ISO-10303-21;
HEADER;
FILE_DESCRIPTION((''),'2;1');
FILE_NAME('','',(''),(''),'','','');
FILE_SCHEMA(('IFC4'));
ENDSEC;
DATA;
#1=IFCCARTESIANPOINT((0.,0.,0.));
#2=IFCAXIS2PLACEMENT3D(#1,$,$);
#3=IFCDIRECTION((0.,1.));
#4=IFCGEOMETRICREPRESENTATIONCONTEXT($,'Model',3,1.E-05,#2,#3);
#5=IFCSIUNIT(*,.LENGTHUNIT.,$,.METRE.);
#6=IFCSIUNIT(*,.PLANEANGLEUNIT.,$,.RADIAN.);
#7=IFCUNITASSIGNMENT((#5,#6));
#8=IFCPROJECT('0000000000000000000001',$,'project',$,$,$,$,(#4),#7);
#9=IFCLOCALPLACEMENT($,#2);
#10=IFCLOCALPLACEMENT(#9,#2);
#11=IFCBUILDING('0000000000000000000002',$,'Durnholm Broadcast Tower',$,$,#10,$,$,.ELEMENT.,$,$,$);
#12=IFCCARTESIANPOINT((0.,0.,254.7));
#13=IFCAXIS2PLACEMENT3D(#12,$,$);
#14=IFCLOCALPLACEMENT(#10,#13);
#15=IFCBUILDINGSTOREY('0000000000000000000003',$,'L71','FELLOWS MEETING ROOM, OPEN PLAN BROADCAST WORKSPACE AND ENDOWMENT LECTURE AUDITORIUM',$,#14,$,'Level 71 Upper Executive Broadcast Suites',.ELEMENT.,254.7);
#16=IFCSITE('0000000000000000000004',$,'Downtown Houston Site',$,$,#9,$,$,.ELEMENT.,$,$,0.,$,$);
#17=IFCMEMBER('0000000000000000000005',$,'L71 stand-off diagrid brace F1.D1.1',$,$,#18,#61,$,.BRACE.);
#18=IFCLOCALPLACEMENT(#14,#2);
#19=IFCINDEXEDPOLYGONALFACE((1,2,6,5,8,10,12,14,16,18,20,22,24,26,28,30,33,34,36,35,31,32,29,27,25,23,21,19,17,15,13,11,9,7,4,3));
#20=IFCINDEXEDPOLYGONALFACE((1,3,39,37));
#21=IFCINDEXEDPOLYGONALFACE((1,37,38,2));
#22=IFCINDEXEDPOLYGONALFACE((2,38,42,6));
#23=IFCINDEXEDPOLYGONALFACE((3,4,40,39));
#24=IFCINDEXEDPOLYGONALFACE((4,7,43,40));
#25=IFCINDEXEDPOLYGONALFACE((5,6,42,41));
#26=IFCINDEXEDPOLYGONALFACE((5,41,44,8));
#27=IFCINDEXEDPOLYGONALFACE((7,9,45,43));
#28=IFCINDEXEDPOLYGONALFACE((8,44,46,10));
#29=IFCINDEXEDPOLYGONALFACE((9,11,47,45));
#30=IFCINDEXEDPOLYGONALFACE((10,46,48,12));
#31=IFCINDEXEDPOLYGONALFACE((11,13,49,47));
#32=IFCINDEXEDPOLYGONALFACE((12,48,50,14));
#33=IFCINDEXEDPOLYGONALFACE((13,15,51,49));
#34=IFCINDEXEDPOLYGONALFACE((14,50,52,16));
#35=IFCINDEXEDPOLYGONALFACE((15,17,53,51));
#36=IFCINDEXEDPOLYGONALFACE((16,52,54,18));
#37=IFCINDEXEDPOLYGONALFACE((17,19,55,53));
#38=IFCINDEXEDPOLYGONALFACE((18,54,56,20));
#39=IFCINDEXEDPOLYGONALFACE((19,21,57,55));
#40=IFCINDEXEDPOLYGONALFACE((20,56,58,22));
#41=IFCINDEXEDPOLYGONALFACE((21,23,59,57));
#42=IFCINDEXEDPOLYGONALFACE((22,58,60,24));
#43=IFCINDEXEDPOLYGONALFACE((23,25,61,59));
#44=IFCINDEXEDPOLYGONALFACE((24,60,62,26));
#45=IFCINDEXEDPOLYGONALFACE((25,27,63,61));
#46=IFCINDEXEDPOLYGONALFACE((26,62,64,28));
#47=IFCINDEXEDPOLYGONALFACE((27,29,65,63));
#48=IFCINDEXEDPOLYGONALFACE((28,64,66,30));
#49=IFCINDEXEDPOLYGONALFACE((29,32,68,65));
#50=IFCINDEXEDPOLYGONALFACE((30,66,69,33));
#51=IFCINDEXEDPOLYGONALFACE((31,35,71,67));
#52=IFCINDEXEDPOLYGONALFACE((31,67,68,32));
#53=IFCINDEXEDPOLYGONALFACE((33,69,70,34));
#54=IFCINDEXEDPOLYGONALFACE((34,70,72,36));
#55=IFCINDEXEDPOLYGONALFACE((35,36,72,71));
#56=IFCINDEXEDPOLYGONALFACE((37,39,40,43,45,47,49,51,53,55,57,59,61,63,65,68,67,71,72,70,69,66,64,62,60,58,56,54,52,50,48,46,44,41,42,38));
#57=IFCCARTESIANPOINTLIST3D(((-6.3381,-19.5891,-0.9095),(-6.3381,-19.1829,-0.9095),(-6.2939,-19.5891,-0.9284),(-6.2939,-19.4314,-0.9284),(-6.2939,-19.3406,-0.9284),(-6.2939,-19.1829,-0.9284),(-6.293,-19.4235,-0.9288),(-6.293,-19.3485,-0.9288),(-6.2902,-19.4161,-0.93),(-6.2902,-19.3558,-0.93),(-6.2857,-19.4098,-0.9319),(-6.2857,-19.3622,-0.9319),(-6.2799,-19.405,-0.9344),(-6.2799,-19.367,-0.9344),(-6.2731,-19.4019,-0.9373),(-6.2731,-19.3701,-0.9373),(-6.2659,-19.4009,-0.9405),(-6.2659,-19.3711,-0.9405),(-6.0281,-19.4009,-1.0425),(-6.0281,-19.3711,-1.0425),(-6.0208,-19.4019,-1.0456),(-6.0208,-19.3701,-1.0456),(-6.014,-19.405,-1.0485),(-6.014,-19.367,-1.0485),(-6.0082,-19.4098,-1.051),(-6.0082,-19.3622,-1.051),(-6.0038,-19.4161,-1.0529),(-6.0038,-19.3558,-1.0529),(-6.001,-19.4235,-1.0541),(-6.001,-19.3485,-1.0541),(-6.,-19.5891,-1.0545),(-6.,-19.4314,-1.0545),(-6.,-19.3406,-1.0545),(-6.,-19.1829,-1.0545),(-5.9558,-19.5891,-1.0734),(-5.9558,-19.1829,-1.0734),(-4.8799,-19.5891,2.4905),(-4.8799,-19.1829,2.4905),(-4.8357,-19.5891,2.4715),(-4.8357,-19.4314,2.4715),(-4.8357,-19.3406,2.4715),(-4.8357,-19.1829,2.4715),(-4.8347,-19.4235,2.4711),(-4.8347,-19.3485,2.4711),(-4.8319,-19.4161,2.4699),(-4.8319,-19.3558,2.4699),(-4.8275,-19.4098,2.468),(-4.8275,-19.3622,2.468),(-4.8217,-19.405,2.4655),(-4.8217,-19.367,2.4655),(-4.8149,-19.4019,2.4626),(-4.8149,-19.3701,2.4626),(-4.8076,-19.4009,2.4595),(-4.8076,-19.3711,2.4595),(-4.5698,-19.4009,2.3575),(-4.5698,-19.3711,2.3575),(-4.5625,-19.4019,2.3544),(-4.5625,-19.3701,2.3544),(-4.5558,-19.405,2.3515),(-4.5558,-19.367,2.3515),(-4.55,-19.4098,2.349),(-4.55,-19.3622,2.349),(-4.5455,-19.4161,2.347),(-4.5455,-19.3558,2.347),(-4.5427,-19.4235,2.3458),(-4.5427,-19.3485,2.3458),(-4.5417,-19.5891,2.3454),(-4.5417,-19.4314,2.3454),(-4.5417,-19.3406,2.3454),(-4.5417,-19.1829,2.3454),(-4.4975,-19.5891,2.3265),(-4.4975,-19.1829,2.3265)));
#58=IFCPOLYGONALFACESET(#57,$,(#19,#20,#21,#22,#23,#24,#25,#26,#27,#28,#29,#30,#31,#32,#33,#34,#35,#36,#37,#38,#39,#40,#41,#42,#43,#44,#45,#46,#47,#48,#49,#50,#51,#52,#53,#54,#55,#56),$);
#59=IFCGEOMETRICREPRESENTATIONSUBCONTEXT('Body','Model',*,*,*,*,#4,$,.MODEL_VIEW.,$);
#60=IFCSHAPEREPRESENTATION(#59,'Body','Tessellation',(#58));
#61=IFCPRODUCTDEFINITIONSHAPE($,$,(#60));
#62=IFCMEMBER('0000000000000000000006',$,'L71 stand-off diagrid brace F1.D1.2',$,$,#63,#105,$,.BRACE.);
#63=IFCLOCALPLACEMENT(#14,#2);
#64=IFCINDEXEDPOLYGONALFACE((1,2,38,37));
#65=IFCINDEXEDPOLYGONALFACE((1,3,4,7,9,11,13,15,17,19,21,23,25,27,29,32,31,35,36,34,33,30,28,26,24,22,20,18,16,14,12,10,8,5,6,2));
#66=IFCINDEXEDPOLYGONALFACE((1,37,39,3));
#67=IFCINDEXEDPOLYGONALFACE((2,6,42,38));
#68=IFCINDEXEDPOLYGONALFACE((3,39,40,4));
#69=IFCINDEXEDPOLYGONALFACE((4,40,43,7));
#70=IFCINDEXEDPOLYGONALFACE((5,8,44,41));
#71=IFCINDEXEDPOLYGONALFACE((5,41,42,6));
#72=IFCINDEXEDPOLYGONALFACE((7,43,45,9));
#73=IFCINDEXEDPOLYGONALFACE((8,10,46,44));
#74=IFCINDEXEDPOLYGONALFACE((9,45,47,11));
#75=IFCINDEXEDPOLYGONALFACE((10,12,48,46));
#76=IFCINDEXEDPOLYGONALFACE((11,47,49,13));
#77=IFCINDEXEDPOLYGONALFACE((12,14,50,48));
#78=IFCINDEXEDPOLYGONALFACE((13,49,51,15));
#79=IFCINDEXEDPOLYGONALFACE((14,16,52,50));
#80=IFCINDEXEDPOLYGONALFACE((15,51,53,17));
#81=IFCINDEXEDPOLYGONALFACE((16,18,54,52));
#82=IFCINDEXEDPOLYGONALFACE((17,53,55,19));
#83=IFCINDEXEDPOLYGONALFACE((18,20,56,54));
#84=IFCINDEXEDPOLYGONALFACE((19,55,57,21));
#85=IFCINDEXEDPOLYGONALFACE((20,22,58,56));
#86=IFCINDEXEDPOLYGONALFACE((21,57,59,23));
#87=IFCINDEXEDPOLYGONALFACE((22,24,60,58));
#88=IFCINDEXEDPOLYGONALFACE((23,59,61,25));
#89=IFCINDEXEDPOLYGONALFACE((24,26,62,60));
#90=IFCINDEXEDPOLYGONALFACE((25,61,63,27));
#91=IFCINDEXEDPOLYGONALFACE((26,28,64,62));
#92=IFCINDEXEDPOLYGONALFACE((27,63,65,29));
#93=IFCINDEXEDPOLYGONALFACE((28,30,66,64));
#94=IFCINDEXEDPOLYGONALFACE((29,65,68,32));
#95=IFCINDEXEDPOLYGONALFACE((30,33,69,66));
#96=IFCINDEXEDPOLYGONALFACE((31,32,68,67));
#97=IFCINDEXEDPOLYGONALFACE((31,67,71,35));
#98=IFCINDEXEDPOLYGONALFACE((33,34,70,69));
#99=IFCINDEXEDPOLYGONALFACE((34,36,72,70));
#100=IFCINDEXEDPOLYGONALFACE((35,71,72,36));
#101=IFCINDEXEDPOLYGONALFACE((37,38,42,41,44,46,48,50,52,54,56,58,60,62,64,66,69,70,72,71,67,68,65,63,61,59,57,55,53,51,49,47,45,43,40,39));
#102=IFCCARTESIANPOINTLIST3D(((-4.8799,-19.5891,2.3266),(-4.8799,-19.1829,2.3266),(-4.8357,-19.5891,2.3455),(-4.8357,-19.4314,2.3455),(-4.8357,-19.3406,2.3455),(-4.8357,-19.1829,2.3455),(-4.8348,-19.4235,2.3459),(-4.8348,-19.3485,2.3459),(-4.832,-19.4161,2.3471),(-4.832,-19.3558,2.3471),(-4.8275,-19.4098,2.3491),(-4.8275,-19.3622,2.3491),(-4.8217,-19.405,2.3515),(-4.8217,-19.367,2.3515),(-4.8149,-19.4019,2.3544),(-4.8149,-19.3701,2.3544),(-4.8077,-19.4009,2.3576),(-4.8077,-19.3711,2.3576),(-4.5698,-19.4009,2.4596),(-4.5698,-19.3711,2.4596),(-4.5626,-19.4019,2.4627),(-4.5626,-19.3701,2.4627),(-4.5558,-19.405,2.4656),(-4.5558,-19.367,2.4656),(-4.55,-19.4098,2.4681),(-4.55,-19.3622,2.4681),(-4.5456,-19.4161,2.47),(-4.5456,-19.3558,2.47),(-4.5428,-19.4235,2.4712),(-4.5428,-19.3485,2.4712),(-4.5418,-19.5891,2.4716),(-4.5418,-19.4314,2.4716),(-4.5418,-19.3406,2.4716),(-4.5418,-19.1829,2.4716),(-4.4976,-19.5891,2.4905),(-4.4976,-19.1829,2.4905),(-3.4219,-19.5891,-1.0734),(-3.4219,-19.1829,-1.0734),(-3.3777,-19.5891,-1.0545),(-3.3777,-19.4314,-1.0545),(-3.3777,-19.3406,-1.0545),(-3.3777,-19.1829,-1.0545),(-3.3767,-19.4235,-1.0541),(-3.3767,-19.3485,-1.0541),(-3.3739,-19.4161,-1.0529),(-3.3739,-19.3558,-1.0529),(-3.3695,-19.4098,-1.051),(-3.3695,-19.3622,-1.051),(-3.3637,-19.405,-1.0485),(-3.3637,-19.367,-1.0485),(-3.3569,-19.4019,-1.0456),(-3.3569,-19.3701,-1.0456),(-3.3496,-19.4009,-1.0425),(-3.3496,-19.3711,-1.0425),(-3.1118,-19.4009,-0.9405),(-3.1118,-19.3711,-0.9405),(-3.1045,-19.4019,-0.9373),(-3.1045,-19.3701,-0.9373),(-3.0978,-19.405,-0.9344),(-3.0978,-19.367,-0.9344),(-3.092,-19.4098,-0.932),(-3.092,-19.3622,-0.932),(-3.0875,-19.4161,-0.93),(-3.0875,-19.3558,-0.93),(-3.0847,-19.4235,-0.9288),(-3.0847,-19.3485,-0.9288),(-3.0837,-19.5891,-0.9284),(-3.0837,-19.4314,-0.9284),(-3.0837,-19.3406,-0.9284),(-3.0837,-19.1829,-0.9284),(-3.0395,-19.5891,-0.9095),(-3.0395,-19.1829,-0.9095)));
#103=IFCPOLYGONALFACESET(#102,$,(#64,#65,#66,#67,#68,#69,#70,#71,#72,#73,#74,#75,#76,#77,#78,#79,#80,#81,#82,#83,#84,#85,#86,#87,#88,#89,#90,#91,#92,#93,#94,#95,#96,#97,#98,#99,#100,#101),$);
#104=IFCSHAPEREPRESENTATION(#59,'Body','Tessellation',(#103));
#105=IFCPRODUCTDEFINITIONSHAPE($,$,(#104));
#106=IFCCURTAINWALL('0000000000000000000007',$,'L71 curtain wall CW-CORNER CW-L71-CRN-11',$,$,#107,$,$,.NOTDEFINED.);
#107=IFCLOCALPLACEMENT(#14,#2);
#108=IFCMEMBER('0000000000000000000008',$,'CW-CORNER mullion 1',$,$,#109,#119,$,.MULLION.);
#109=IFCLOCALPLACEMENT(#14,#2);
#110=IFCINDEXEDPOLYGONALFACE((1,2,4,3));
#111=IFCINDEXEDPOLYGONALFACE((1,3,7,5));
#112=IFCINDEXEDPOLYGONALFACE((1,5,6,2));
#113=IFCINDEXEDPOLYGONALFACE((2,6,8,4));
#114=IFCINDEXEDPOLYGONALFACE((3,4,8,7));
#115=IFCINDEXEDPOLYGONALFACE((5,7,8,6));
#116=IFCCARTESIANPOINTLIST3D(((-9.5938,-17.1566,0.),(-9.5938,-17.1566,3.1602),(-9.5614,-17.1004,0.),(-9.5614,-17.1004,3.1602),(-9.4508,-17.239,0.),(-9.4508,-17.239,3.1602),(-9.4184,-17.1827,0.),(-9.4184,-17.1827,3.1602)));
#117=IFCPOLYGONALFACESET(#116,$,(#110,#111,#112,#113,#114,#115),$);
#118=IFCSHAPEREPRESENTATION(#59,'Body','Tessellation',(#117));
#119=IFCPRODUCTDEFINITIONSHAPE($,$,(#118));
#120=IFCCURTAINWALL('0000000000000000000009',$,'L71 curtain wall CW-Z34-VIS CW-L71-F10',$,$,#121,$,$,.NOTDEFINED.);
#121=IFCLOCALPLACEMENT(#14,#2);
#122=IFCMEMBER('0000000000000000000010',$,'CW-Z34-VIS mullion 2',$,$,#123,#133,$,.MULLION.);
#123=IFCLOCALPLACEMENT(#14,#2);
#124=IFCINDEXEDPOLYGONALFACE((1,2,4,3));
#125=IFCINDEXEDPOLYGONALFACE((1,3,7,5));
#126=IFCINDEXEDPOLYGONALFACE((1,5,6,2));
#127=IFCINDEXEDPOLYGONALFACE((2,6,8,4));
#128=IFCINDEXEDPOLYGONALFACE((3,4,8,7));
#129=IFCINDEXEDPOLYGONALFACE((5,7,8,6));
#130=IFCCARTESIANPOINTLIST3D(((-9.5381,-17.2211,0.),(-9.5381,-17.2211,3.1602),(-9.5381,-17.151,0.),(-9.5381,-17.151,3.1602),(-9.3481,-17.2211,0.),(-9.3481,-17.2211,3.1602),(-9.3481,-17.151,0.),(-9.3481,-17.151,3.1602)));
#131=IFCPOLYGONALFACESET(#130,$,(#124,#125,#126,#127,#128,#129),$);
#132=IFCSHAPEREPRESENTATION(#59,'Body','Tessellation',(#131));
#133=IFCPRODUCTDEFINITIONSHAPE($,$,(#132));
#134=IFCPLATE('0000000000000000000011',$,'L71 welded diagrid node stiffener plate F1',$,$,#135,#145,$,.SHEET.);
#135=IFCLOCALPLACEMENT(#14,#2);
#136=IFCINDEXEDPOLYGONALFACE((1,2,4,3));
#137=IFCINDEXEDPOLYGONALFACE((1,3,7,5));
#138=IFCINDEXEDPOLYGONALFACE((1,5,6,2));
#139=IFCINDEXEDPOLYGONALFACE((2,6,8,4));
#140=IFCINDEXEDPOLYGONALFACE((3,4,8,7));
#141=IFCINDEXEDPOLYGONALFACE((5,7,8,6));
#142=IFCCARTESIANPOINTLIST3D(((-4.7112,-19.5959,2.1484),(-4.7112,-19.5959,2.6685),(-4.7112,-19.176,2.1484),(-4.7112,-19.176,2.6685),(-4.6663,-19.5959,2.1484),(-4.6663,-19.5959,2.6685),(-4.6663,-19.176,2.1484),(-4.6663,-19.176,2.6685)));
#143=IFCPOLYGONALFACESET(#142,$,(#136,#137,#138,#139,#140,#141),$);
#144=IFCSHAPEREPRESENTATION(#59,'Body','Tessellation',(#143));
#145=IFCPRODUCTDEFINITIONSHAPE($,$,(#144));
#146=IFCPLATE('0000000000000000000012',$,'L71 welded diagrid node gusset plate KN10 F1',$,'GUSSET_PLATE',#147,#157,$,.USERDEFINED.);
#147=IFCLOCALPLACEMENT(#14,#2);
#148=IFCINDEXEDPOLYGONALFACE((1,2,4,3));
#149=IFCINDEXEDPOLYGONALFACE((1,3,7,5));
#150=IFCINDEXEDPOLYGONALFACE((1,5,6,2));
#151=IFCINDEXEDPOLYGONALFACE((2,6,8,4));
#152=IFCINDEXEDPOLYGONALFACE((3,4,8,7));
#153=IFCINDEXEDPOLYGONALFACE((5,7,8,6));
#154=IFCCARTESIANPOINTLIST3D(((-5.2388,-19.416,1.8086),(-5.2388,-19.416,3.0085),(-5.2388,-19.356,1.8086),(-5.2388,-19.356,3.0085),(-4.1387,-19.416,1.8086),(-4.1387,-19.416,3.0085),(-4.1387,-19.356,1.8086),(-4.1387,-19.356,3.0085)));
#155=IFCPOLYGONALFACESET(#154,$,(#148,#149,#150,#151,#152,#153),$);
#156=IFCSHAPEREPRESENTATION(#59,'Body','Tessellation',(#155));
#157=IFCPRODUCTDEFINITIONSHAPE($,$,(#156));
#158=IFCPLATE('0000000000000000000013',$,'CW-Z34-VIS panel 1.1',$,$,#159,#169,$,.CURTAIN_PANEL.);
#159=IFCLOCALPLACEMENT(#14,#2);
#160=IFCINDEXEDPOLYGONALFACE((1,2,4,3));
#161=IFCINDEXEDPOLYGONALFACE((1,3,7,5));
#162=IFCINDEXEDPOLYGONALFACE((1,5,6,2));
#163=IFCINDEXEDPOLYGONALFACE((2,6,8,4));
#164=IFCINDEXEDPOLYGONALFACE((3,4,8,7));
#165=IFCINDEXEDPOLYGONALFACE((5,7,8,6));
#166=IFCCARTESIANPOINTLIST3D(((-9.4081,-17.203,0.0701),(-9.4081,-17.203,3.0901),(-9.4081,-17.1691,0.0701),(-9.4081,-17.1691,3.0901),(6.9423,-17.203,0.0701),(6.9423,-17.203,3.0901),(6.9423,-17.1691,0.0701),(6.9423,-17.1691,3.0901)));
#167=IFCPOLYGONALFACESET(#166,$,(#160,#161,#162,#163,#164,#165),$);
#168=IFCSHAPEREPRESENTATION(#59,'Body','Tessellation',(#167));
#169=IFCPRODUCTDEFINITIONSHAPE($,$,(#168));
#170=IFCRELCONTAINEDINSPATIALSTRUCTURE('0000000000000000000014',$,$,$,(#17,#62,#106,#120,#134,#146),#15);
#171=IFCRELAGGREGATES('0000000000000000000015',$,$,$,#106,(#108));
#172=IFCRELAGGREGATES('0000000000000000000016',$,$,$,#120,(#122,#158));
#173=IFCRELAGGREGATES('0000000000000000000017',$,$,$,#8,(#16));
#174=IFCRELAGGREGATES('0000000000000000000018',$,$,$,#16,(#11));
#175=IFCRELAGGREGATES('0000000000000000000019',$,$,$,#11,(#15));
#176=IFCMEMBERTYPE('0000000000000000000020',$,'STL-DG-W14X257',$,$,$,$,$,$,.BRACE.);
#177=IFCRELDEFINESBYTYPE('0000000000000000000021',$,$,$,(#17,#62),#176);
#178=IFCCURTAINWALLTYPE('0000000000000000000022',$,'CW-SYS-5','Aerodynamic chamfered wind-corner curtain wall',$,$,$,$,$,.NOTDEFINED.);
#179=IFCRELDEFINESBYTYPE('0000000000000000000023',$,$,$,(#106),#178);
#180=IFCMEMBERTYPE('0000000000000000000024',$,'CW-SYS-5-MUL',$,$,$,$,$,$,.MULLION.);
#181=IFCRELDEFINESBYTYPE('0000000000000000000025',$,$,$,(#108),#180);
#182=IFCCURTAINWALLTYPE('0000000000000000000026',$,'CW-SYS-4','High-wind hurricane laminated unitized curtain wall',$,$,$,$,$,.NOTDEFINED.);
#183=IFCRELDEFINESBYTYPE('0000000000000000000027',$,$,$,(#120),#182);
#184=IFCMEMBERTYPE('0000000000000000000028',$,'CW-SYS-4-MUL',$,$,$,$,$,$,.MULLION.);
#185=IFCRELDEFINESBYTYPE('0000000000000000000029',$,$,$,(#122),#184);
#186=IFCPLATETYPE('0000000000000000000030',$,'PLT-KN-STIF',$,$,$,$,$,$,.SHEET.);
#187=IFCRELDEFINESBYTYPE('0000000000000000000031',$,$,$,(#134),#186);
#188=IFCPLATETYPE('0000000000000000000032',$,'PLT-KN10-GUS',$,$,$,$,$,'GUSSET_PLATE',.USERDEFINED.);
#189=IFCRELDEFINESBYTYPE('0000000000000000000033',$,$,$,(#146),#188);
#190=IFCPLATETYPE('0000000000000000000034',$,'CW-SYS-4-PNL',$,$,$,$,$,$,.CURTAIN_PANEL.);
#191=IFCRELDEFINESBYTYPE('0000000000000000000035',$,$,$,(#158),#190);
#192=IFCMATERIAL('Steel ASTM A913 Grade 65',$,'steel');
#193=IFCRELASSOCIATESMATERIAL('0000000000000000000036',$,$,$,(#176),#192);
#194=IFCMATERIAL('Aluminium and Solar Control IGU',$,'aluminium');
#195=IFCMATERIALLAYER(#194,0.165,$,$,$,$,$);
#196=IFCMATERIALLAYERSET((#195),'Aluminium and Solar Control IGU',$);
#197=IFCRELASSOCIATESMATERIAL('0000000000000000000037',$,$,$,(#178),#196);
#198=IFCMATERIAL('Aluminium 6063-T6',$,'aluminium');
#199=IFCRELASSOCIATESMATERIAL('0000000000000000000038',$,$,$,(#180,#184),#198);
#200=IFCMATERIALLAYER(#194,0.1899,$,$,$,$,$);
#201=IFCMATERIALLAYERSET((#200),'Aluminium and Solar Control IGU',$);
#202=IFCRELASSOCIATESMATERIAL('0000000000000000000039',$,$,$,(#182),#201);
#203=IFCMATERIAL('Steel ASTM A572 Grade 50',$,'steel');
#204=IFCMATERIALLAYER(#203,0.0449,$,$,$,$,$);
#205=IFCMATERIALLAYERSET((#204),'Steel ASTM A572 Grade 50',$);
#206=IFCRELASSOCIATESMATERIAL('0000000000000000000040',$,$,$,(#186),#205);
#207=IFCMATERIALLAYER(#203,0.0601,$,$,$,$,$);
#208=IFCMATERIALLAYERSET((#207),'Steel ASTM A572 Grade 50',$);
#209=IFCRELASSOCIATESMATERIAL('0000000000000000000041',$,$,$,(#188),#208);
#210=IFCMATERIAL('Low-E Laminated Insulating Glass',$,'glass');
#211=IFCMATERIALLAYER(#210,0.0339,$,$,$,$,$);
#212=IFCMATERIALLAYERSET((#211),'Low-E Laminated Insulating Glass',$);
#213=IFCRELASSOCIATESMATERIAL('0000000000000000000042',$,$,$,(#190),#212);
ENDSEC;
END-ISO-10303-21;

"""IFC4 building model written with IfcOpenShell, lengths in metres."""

from ifc_helpers import new_model, si_unit, direction, frame, origin, origin_2d, place, context, subcontext, project, spatial, rectangle, i_section, extrude, source, transform, mapped, material, layer, layer_set, material_profile, profile_set, type_object, type_shapes, element, aggregate, save


model = new_model("IFC4")

# Units and contexts
model_context = context("Model", 3, precision=1e-05, world=origin(), true_north=direction((0.0, 1.0)))
body_context = subcontext(model_context, "Body", "Model", "MODEL_VIEW")
ifc_project = project(units=[si_unit("LENGTHUNIT", "METRE"), si_unit("PLANEANGLEUNIT", "RADIAN")], contexts=[model_context])

# Site, building, storey
site_placement = place(None, origin())
site = spatial("IfcSite", under=ifc_project, at=site_placement, Name="Downtown Houston Site", CompositionType="ELEMENT", RefElevation=0.0)
building_placement = place(site_placement, origin())
building = spatial("IfcBuilding", under=site, at=building_placement, Name="Durnholm Broadcast Tower", CompositionType="ELEMENT")
storey_placement = place(building_placement, frame((0.0, 0.0, 254.7)))
storey = spatial("IfcBuildingStorey", under=building, at=storey_placement, Name="L71", Description="FELLOWS MEETING ROOM, OPEN PLAN BROADCAST WORKSPACE AND ENDOWMENT LECTURE AUDITORIUM", LongName="Level 71 Upper Executive Broadcast Suites", CompositionType="ELEMENT", Elevation=254.7)

# Members
ifc_material_1 = material(Name="Steel ASTM A913 Grade 65", Category="steel")
ifc_material_profile_1 = material_profile(ifc_material_1, i_section(OverallWidth=0.4062, OverallDepth=0.416, WebThickness=0.0298, FlangeThickness=0.0481, FilletRadius=0.0305, at=origin_2d()), Name="W14X257")
ifc_profile_set_1 = profile_set([ifc_material_profile_1], Name="Steel ASTM A913 Grade 65")
member_type_1 = type_object("IfcMemberType", Name="STL-DG-W14X257", PredefinedType="BRACE", material=ifc_profile_set_1)
shared_shape_1 = source(origin(), body_context, "Body", "SweptSolid", [
    extrude(i_section(OverallWidth=0.4062, OverallDepth=0.416, WebThickness=0.0298, FlangeThickness=0.0481, FilletRadius=0.0305, at=origin_2d()), origin(), (0.0, 0.0, 1.0), 3.6995),
])
type_shapes(member_type_1, [shared_shape_1])
for number, where, z_axis, x_axis, name in (
    (1, (-6.147, -19.386, -0.9915), (0.394182, 0.0, 0.919032), (0.0, 1.0, 0.0), "L71 stand-off diagrid brace F1.D1.1"),
    (2, (-3.2307, -19.386, -0.9915), (-0.394126, 0.0, 0.919056), (0.0, -1.0, 0.0), "L71 stand-off diagrid brace F1.D1.2"),
):
    element("IfcMember", number, at=place(storey_placement, frame(where, z_axis=z_axis, x_axis=x_axis)), inside=storey, type_object=member_type_1, Name=name, PredefinedType="BRACE", context=body_context, shape_type="MappedRepresentation", body=[
        mapped(shared_shape_1, transform((0.0, 0.0, 0.0), x_axis=(1.0, 0.0, 0.0), y_axis=(0.0, 1.0, 0.0), z_axis=(0.0, 0.0, 1.0), scale=1.0)),
    ])

# Curtain walls, members
ifc_material_2 = material(Name="Aluminium and Solar Control IGU", Category="aluminium")
ifc_layer_1 = layer(ifc_material_2, 0.165)
ifc_layer_set_1 = layer_set([ifc_layer_1], Name="Aluminium and Solar Control IGU")
curtain_wall_type_1 = type_object("IfcCurtainWallType", Name="CW-SYS-5", Description="Aerodynamic chamfered wind-corner curtain wall", PredefinedType="NOTDEFINED", material=ifc_layer_set_1)
curtain_wall_1_placement = place(storey_placement, origin())
curtain_wall_1 = element("IfcCurtainWall", 3, at=curtain_wall_1_placement, inside=storey, type_object=curtain_wall_type_1, Name="L71 curtain wall CW-CORNER CW-L71-CRN-11", PredefinedType="NOTDEFINED")
ifc_material_3 = material(Name="Aluminium 6063-T6", Category="aluminium")
ifc_material_profile_2 = material_profile(ifc_material_3, rectangle(XDim=0.0649, YDim=0.165, at=origin_2d()), Name="CWM65X165")
ifc_profile_set_2 = profile_set([ifc_material_profile_2], Name="Aluminium 6063-T6")
member_type_2 = type_object("IfcMemberType", Name="CW-SYS-5-MUL", PredefinedType="MULLION", material=ifc_profile_set_2)
shared_shape_2 = source(origin(), body_context, "Body", "SweptSolid", [
    extrude(rectangle(XDim=0.0649, YDim=0.165, at=origin_2d()), origin(), (0.0, 0.0, 1.0), 3.1602),
])
type_shapes(member_type_2, [shared_shape_2])
member_1_placement = place(storey_placement, frame((-9.5061, -17.1697, 0.0), z_axis=(0.0, 0.0, 1.0), x_axis=(-0.499059, -0.866568, 0.0)))
member_1 = element("IfcMember", 4, at=member_1_placement, type_object=member_type_2, Name="CW-CORNER mullion 1", PredefinedType="MULLION", context=body_context, shape_type="MappedRepresentation", body=[
    mapped(shared_shape_2, transform((0.0, 0.0, 0.0), x_axis=(1.0, 0.0, 0.0), y_axis=(0.0, 1.0, 0.0), z_axis=(0.0, 0.0, 1.0), scale=1.0)),
])
aggregate(curtain_wall_1, [member_1])
ifc_layer_2 = layer(ifc_material_2, 0.1899)
ifc_layer_set_2 = layer_set([ifc_layer_2], Name="Aluminium and Solar Control IGU")
curtain_wall_type_2 = type_object("IfcCurtainWallType", Name="CW-SYS-4", Description="High-wind hurricane laminated unitized curtain wall", PredefinedType="NOTDEFINED", material=ifc_layer_set_2)
curtain_wall_2_placement = place(storey_placement, origin())
curtain_wall_2 = element("IfcCurtainWall", 5, at=curtain_wall_2_placement, inside=storey, type_object=curtain_wall_type_2, Name="L71 curtain wall CW-Z34-VIS CW-L71-F10", PredefinedType="NOTDEFINED")
ifc_material_profile_3 = material_profile(ifc_material_3, rectangle(XDim=0.0701, YDim=0.1899, at=origin_2d()), Name="CWM70X190")
ifc_profile_set_3 = profile_set([ifc_material_profile_3], Name="Aluminium 6063-T6")
member_type_3 = type_object("IfcMemberType", Name="CW-SYS-4-MUL", PredefinedType="MULLION", material=ifc_profile_set_3)
shared_shape_3 = source(origin(), body_context, "Body", "SweptSolid", [
    extrude(rectangle(XDim=0.0701, YDim=0.1899, at=origin_2d()), origin(), (0.0, 0.0, 1.0), 3.1602),
])
type_shapes(member_type_3, [shared_shape_3])
member_2_placement = place(storey_placement, frame((-9.4431, -17.186, 0.0), z_axis=(0.0, 0.0, 1.0), x_axis=(0.0, -1.0, 0.0)))
member_2 = element("IfcMember", 6, at=member_2_placement, type_object=member_type_3, Name="CW-Z34-VIS mullion 2", PredefinedType="MULLION", context=body_context, shape_type="MappedRepresentation", body=[
    mapped(shared_shape_3, transform((0.0, 0.0, 0.0), x_axis=(1.0, 0.0, 0.0), y_axis=(0.0, 1.0, 0.0), z_axis=(0.0, 0.0, 1.0), scale=1.0)),
])

# Plates
ifc_material_4 = material(Name="Steel ASTM A572 Grade 50", Category="steel")
ifc_layer_3 = layer(ifc_material_4, 0.0449)
ifc_layer_set_3 = layer_set([ifc_layer_3], Name="Steel ASTM A572 Grade 50")
plate_type_1 = type_object("IfcPlateType", Name="PLT-KN-STIF", PredefinedType="SHEET", material=ifc_layer_set_3)
shared_shape_4 = source(origin(), body_context, "Body", "SweptSolid", [
    extrude(rectangle(XDim=0.0449, YDim=0.4199, at=origin_2d()), origin(), (0.0, 0.0, 1.0), 0.52),
])
type_shapes(plate_type_1, [shared_shape_4])
plate_1_placement = place(storey_placement, frame((-4.6887, -19.386, 2.1484), z_axis=(0.0, 0.0, 1.0), x_axis=(1.0, 0.0, 0.0)))
element("IfcPlate", 7, at=plate_1_placement, inside=storey, type_object=plate_type_1, Name="L71 welded diagrid node stiffener plate F1", PredefinedType="SHEET", context=body_context, shape_type="MappedRepresentation", body=[
    mapped(shared_shape_4, transform((0.0, 0.0, 0.0), x_axis=(1.0, 0.0, 0.0), y_axis=(0.0, 1.0, 0.0), z_axis=(0.0, 0.0, 1.0), scale=1.0)),
])
ifc_layer_4 = layer(ifc_material_4, 0.0601)
ifc_layer_set_4 = layer_set([ifc_layer_4], Name="Steel ASTM A572 Grade 50")
plate_type_2 = type_object("IfcPlateType", Name="PLT-KN10-GUS", ElementType="GUSSET_PLATE", PredefinedType="USERDEFINED", material=ifc_layer_set_4)
shared_shape_5 = source(origin(), body_context, "Body", "SweptSolid", [
    extrude(rectangle(XDim=1.1001, YDim=0.0601, at=origin_2d()), origin(), (0.0, 0.0, 1.0), 1.2),
])
type_shapes(plate_type_2, [shared_shape_5])
plate_2_placement = place(storey_placement, frame((-4.6887, -19.386, 1.8086), z_axis=(0.0, 0.0, 1.0), x_axis=(1.0, 0.0, 0.0)))
element("IfcPlate", 8, at=plate_2_placement, inside=storey, type_object=plate_type_2, Name="L71 welded diagrid node gusset plate KN10 F1", ObjectType="GUSSET_PLATE", PredefinedType="USERDEFINED", context=body_context, shape_type="MappedRepresentation", body=[
    mapped(shared_shape_5, transform((0.0, 0.0, 0.0), x_axis=(1.0, 0.0, 0.0), y_axis=(0.0, 1.0, 0.0), z_axis=(0.0, 0.0, 1.0), scale=1.0)),
])

# Plate
ifc_material_5 = material(Name="Low-E Laminated Insulating Glass", Category="glass")
ifc_layer_5 = layer(ifc_material_5, 0.0339)
ifc_layer_set_5 = layer_set([ifc_layer_5], Name="Low-E Laminated Insulating Glass")
plate_type_3 = type_object("IfcPlateType", Name="CW-SYS-4-PNL", PredefinedType="CURTAIN_PANEL", material=ifc_layer_set_5)
shared_shape_6 = source(origin(), body_context, "Body", "SweptSolid", [
    extrude(rectangle(XDim=16.3503, YDim=0.0339, at=origin_2d()), origin(), (0.0, 0.0, 1.0), 3.02),
])
type_shapes(plate_type_3, [shared_shape_6])
plate_3_placement = place(storey_placement, frame((-1.2329, -17.186, 0.0701), z_axis=(0.0, 0.0, 1.0), x_axis=(-1.0, 0.0, 0.0)))
plate_3 = element("IfcPlate", 9, at=plate_3_placement, type_object=plate_type_3, Name="CW-Z34-VIS panel 1.1", PredefinedType="CURTAIN_PANEL", context=body_context, shape_type="MappedRepresentation", body=[
    mapped(shared_shape_6, transform((0.0, 0.0, 0.0), x_axis=(1.0, 0.0, 0.0), y_axis=(0.0, 1.0, 0.0), z_axis=(0.0, 0.0, 1.0), scale=1.0)),
])
aggregate(curtain_wall_2, [member_2, plate_3])

save(model, "model.ifc")
